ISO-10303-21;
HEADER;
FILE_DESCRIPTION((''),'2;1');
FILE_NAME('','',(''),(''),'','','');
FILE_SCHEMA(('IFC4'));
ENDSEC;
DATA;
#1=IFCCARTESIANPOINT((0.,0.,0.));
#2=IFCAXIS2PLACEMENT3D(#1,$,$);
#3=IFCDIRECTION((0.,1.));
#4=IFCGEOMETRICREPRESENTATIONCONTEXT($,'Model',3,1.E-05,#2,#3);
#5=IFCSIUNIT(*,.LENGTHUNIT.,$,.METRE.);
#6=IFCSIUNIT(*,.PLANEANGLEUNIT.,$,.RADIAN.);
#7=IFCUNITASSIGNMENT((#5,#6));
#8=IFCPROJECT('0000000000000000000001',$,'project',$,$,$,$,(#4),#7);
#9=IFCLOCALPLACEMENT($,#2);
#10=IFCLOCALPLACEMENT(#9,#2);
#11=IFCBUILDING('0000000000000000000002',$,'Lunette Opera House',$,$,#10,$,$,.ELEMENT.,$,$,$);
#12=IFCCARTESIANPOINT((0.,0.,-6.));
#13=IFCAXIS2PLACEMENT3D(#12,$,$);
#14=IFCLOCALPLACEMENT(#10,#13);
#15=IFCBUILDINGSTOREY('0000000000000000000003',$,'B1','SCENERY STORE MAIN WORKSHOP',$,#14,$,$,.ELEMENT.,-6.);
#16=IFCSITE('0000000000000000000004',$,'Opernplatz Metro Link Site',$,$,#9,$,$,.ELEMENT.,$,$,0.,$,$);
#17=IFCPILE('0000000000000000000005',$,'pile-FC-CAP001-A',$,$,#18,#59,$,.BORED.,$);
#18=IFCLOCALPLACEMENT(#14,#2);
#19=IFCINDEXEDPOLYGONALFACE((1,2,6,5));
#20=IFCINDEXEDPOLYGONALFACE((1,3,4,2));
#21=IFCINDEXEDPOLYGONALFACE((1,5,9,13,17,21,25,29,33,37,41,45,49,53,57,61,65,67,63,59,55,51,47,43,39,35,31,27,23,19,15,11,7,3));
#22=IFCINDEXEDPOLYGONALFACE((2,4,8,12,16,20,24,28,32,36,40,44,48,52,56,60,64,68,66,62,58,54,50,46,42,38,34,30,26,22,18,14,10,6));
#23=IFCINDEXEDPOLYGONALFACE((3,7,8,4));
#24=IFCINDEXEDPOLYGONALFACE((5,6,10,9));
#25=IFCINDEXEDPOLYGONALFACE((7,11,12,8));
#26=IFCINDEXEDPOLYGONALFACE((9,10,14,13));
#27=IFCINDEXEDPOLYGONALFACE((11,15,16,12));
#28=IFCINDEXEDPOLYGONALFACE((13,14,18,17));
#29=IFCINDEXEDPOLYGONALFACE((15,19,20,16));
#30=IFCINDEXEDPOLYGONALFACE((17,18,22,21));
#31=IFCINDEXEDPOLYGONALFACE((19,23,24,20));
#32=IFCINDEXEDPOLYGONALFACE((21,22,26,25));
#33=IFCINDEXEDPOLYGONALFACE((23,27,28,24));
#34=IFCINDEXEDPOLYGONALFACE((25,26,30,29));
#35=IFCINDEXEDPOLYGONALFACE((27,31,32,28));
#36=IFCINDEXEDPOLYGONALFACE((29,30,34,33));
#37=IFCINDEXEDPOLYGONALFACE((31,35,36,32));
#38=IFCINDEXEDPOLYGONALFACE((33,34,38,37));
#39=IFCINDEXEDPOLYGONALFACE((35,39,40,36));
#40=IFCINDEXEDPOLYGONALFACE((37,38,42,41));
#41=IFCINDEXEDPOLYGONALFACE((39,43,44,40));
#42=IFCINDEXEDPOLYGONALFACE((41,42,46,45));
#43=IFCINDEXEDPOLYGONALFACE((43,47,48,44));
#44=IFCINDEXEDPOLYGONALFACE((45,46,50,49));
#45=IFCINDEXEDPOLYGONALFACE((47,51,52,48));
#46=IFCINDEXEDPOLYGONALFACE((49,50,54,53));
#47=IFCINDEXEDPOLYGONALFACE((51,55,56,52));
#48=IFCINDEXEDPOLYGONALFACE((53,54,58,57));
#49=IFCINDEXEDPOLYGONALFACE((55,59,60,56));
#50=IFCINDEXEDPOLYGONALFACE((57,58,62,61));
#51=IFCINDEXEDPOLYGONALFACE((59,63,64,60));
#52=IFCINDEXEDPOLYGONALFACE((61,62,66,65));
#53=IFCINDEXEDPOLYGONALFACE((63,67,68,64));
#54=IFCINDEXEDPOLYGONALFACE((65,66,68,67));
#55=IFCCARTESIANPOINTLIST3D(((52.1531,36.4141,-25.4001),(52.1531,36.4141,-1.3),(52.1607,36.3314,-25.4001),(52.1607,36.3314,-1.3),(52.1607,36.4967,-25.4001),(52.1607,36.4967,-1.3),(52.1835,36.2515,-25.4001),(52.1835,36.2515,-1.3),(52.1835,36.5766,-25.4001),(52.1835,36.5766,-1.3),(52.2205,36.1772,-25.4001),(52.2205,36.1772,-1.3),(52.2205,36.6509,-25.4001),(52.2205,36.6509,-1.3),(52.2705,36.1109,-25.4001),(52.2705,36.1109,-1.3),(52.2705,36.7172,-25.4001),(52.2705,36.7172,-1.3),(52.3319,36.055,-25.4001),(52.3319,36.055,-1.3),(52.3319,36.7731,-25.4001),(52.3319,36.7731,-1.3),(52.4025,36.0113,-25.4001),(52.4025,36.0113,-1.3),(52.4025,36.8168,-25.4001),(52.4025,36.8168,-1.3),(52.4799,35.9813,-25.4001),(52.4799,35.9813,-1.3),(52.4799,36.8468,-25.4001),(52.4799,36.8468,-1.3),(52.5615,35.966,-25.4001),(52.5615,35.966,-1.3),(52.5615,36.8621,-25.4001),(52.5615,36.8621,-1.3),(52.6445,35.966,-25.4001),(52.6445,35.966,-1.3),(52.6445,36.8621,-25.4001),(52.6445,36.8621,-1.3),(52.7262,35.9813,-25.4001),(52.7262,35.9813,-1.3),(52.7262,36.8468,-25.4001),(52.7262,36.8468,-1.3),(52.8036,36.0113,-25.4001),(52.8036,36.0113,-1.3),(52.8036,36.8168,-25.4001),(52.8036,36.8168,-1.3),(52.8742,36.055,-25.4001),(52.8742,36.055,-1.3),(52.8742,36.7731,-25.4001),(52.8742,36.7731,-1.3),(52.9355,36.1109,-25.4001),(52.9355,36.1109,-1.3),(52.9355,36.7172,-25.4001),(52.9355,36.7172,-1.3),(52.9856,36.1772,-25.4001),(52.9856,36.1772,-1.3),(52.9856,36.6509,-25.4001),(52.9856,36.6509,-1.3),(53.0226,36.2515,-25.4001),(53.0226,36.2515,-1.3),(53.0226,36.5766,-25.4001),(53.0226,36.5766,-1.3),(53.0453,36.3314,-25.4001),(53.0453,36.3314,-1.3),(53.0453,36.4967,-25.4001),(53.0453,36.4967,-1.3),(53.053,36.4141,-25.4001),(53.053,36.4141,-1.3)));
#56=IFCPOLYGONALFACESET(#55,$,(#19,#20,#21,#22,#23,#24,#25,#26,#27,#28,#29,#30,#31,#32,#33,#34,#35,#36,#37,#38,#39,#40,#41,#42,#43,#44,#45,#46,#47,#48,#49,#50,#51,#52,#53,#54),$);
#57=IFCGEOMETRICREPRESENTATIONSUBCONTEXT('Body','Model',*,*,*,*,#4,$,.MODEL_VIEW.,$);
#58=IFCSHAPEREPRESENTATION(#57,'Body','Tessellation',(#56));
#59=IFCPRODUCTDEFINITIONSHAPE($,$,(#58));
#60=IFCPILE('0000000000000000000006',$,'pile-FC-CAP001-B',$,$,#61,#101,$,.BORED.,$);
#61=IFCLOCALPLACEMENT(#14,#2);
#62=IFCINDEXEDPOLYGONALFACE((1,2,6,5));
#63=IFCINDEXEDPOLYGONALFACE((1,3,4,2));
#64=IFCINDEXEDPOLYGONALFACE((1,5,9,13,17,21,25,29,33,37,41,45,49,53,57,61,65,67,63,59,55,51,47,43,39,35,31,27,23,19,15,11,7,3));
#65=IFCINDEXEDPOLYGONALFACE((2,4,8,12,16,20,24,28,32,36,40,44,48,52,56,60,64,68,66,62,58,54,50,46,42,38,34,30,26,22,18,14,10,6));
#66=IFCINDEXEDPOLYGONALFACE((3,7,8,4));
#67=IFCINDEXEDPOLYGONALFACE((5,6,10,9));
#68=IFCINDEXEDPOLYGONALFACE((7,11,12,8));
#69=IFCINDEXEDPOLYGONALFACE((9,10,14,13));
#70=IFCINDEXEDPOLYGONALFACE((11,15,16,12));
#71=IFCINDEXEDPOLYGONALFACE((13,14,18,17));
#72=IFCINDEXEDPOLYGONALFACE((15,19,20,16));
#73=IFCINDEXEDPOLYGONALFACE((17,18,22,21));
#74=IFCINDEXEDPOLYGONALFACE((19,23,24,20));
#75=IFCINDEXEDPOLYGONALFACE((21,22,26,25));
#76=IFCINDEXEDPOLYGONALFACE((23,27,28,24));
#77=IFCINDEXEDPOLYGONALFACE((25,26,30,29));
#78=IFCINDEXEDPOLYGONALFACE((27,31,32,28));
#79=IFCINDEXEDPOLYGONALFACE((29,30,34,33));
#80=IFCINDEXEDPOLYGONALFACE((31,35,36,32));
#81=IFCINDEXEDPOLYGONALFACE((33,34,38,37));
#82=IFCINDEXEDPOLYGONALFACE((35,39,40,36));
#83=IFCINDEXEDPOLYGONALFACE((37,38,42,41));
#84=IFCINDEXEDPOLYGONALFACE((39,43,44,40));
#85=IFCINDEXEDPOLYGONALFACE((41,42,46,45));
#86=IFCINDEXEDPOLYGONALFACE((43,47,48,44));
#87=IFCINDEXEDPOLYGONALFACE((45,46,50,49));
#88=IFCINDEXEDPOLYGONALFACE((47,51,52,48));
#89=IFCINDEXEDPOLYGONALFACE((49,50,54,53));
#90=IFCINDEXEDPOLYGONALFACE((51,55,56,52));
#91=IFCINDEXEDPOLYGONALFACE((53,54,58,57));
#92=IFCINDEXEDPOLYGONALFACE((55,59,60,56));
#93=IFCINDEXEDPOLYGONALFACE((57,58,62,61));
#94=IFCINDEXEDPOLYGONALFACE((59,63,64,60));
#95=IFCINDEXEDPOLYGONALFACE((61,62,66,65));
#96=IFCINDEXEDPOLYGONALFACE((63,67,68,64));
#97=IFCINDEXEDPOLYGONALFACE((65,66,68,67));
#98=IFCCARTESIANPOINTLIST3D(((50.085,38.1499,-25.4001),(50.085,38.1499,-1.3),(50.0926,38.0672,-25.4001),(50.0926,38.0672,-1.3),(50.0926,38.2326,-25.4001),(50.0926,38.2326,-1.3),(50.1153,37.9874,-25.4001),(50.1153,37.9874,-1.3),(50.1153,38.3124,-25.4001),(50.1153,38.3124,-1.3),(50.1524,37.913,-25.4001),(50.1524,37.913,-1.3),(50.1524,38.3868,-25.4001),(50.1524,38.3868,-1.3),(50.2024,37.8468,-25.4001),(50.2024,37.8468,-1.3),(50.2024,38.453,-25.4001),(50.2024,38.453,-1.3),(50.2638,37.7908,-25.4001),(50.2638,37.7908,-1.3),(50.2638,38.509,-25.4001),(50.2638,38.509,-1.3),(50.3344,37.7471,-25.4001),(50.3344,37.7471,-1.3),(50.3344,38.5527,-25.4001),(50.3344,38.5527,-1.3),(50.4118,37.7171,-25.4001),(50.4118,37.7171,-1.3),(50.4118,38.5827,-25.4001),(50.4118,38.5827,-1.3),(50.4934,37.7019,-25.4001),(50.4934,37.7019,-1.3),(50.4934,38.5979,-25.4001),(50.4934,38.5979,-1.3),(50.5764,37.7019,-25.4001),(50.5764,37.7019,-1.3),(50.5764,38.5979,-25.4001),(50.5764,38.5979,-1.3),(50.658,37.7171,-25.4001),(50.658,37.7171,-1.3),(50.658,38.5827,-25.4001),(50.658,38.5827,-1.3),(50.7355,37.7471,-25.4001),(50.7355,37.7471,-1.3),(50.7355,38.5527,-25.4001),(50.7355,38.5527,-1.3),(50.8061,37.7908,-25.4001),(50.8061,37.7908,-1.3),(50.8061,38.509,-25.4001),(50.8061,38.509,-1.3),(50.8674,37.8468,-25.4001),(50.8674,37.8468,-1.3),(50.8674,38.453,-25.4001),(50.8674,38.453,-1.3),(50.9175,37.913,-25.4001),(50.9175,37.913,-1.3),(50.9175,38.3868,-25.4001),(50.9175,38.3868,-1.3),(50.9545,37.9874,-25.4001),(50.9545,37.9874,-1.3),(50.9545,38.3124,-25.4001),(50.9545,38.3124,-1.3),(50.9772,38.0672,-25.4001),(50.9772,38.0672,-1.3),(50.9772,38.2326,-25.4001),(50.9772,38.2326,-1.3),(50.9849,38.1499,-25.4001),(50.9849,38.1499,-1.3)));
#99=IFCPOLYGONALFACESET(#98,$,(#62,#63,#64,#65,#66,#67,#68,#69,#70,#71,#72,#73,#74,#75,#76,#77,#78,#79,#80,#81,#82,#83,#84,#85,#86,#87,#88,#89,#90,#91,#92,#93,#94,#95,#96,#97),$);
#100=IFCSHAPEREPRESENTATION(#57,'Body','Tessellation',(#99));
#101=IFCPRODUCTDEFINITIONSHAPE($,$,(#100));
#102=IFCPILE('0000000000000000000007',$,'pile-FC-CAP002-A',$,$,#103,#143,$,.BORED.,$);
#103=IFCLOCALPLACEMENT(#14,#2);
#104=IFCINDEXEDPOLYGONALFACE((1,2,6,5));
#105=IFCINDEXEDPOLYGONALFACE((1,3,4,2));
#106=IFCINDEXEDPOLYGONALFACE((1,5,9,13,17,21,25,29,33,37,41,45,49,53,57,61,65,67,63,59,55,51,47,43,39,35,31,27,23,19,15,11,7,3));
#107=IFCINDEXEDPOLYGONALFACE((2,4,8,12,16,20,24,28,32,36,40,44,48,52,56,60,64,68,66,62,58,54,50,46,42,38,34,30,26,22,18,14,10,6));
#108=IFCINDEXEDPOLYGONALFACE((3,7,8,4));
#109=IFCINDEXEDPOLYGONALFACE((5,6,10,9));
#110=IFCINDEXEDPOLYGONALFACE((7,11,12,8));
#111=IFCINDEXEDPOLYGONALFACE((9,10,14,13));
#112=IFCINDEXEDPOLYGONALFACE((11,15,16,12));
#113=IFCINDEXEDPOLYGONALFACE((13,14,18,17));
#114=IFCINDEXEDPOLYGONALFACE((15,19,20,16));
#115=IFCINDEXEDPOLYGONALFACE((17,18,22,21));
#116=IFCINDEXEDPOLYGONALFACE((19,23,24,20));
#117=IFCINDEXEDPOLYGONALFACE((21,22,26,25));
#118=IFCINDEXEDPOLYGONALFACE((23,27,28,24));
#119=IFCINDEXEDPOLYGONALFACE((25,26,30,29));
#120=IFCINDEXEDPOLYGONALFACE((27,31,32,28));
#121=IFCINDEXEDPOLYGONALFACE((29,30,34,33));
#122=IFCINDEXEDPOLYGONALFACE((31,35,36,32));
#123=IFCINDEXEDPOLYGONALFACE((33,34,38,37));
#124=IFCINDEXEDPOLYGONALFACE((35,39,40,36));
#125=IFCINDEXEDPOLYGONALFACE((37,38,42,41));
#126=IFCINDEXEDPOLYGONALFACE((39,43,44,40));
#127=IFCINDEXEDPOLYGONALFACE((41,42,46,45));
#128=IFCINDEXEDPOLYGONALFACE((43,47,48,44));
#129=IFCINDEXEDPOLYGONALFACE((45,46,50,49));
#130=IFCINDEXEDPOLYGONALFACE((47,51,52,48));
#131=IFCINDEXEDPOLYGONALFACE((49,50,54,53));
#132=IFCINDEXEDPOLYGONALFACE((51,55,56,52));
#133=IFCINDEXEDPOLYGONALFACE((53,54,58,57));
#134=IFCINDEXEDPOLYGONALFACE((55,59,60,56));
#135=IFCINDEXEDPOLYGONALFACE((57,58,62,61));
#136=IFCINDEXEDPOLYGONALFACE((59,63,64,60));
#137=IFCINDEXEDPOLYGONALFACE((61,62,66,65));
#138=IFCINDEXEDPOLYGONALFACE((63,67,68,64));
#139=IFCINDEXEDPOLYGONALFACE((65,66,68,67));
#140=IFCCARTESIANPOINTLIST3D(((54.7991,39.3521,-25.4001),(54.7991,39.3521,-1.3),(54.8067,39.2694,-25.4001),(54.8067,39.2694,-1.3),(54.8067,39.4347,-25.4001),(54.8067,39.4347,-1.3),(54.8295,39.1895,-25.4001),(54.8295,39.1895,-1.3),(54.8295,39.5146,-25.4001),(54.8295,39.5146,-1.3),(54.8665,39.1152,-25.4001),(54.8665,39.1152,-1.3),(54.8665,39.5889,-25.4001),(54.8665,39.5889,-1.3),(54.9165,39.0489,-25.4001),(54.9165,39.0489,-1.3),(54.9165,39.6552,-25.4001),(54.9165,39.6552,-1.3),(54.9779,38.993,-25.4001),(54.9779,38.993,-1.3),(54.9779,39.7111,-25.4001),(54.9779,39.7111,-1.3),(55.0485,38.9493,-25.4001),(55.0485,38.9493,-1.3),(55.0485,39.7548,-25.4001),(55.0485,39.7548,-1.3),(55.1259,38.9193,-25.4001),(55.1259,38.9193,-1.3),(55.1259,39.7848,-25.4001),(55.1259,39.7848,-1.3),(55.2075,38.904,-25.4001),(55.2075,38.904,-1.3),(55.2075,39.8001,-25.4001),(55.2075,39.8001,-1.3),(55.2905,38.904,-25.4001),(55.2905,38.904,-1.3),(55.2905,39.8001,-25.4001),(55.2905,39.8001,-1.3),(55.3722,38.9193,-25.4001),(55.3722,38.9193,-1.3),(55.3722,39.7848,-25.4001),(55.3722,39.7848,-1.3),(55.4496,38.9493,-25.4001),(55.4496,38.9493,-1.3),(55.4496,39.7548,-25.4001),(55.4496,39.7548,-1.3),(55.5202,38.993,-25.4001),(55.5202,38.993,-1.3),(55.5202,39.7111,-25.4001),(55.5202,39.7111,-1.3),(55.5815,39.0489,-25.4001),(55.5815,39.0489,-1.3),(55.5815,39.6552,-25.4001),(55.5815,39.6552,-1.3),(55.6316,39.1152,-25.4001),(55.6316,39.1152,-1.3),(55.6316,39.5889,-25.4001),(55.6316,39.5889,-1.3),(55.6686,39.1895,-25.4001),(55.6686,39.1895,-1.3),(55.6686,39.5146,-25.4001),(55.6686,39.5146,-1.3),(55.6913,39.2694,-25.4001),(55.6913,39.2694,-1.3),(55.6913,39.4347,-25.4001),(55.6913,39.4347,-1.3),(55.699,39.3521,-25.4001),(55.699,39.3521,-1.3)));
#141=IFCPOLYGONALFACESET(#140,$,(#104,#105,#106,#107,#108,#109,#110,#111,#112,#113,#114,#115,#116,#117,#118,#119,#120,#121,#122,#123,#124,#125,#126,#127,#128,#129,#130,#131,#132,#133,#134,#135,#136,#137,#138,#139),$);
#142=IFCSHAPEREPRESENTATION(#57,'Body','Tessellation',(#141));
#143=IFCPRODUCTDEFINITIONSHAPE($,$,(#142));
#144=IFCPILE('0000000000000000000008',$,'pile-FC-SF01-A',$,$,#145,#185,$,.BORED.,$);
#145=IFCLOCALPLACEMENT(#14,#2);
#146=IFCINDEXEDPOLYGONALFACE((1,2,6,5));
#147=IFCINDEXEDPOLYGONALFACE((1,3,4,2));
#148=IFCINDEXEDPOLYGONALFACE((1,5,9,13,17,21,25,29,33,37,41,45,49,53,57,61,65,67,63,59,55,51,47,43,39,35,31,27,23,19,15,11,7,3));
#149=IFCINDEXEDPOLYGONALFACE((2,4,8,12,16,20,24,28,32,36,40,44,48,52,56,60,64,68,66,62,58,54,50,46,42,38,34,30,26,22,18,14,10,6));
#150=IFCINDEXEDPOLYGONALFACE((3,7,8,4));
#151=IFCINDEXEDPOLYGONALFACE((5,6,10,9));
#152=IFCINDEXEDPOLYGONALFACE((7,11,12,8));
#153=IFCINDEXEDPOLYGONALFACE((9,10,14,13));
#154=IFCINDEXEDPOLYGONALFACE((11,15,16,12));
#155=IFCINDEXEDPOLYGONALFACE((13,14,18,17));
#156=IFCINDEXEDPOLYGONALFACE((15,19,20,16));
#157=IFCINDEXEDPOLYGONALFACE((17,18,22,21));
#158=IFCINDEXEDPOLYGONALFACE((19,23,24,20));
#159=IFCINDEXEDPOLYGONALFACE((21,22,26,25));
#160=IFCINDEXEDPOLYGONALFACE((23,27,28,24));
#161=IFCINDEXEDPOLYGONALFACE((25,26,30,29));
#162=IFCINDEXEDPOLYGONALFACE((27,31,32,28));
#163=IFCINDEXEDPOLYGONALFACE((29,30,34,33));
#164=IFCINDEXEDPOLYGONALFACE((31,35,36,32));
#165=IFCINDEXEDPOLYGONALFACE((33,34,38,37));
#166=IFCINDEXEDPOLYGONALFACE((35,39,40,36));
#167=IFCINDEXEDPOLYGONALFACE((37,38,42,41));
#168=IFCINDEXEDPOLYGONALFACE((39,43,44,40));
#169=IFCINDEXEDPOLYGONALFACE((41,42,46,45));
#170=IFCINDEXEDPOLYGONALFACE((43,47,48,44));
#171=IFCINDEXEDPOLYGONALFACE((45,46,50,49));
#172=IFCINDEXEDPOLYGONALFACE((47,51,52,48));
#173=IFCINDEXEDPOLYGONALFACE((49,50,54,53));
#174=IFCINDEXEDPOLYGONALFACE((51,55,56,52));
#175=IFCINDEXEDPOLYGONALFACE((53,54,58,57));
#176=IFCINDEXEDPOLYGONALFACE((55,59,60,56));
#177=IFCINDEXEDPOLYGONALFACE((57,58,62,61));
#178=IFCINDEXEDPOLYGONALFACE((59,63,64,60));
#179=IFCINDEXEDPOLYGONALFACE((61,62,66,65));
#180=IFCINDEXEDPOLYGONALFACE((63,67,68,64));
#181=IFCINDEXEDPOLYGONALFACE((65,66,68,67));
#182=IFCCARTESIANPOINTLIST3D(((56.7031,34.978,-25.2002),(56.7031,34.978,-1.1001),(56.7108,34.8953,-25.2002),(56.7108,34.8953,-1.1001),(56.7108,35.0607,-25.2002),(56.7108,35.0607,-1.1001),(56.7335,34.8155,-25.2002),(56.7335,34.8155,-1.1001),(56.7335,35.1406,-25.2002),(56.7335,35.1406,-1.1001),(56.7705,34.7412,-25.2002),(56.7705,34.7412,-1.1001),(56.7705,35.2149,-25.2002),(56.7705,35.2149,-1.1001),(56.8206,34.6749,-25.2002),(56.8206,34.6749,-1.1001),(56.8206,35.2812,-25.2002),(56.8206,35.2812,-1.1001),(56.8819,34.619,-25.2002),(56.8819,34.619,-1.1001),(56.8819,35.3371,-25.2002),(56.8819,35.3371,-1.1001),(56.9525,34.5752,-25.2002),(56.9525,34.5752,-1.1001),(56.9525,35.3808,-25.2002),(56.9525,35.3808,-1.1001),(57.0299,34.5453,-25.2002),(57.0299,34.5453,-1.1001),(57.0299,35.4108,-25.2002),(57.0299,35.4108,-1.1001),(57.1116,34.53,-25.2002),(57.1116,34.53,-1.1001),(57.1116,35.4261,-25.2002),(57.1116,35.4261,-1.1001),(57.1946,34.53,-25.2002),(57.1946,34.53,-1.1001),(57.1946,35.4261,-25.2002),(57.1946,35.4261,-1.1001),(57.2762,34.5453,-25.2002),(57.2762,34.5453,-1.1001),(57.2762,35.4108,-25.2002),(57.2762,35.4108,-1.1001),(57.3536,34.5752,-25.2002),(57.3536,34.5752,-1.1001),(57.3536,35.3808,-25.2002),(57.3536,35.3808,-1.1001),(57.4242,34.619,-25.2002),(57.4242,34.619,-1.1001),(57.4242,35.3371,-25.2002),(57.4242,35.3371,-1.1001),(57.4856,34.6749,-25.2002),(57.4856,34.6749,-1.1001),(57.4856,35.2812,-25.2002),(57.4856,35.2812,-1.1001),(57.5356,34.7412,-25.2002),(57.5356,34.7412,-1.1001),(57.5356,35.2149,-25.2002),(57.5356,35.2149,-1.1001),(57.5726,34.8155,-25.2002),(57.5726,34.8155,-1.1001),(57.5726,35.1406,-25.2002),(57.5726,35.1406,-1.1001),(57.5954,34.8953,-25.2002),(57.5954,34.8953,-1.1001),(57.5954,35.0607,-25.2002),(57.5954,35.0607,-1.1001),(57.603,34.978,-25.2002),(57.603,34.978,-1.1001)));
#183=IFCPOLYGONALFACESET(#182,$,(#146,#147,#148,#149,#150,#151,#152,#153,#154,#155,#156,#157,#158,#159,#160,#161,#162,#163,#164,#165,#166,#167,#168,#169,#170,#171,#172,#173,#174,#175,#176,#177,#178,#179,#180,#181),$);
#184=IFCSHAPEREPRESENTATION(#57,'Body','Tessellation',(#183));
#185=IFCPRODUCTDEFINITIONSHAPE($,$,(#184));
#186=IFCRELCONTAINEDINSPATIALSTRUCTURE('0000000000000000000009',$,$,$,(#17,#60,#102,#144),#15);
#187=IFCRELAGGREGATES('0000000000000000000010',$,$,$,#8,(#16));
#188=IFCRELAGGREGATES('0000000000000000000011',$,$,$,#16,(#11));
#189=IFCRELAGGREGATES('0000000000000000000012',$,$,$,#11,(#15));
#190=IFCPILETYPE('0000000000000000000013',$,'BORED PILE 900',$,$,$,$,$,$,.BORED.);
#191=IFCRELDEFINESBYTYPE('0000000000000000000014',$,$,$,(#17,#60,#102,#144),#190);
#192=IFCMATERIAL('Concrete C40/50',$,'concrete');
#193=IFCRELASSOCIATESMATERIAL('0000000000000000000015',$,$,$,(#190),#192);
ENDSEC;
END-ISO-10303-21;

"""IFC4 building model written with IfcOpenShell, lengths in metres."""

from ifc_helpers import new_model, si_unit, direction, frame, origin, origin_2d, place, context, subcontext, project, spatial, circle, extrude, material, material_profile, profile_set, type_object, element, save


model = new_model("IFC4")

# Units and contexts
model_context = context("Model", 3, precision=1e-05, world=origin(), true_north=direction((0.0, 1.0)))
body_context = subcontext(model_context, "Body", "Model", "MODEL_VIEW")
ifc_project = project(units=[si_unit("LENGTHUNIT", "METRE"), si_unit("PLANEANGLEUNIT", "RADIAN")], contexts=[model_context])

# Site, building, storey
site_placement = place(None, origin())
site = spatial("IfcSite", under=ifc_project, at=site_placement, Name="Opernplatz Metro Link Site", CompositionType="ELEMENT", RefElevation=0.0)
building_placement = place(site_placement, origin())
building = spatial("IfcBuilding", under=site, at=building_placement, Name="Lunette Opera House", CompositionType="ELEMENT")
storey_placement = place(building_placement, frame((0.0, 0.0, -6.0)))
storey = spatial("IfcBuildingStorey", under=building, at=storey_placement, Name="B1", Description="SCENERY STORE MAIN WORKSHOP", CompositionType="ELEMENT", Elevation=-6.0)

# Piles
ifc_material_1 = material(Name="Concrete C40/50", Category="concrete")
ifc_material_profile_1 = material_profile(ifc_material_1, circle(Radius=0.45, at=origin_2d()), Name="BORED PILE 900")
ifc_profile_set_1 = profile_set([ifc_material_profile_1], Name="Concrete C40/50")
pile_type = type_object("IfcPileType", Name="BORED PILE 900", PredefinedType="BORED", material=ifc_profile_set_1)
for number, where, z_axis, x_axis, name in (
    (1, (52.603, 36.4141, -1.3), (0.0, 0.0, -1.0), (1.0, 0.0, 0.0), "pile-FC-CAP001-A"),
    (2, (50.5349, 38.1499, -1.3), (0.0, 0.0, -1.0), (1.0, 0.0, 0.0), "pile-FC-CAP001-B"),
    (3, (55.249, 39.3521, -1.3), (0.0, 0.0, -1.0), (1.0, 0.0, 0.0), "pile-FC-CAP002-A"),
    (4, (57.1531, 34.978, -1.1001), (0.0, 0.0, -1.0), (1.0, 0.0, 0.0), "pile-FC-SF01-A"),
):
    element("IfcPile", number, at=place(storey_placement, frame(where, z_axis=z_axis, x_axis=x_axis)), inside=storey, type_object=pile_type, Name=name, PredefinedType="BORED", context=body_context, shape_type="SweptSolid", body=[
        extrude(circle(Radius=0.45, at=origin_2d()), origin(), (0.0, 0.0, 1.0), 24.1001),
    ])

save(model, "model.ifc")
